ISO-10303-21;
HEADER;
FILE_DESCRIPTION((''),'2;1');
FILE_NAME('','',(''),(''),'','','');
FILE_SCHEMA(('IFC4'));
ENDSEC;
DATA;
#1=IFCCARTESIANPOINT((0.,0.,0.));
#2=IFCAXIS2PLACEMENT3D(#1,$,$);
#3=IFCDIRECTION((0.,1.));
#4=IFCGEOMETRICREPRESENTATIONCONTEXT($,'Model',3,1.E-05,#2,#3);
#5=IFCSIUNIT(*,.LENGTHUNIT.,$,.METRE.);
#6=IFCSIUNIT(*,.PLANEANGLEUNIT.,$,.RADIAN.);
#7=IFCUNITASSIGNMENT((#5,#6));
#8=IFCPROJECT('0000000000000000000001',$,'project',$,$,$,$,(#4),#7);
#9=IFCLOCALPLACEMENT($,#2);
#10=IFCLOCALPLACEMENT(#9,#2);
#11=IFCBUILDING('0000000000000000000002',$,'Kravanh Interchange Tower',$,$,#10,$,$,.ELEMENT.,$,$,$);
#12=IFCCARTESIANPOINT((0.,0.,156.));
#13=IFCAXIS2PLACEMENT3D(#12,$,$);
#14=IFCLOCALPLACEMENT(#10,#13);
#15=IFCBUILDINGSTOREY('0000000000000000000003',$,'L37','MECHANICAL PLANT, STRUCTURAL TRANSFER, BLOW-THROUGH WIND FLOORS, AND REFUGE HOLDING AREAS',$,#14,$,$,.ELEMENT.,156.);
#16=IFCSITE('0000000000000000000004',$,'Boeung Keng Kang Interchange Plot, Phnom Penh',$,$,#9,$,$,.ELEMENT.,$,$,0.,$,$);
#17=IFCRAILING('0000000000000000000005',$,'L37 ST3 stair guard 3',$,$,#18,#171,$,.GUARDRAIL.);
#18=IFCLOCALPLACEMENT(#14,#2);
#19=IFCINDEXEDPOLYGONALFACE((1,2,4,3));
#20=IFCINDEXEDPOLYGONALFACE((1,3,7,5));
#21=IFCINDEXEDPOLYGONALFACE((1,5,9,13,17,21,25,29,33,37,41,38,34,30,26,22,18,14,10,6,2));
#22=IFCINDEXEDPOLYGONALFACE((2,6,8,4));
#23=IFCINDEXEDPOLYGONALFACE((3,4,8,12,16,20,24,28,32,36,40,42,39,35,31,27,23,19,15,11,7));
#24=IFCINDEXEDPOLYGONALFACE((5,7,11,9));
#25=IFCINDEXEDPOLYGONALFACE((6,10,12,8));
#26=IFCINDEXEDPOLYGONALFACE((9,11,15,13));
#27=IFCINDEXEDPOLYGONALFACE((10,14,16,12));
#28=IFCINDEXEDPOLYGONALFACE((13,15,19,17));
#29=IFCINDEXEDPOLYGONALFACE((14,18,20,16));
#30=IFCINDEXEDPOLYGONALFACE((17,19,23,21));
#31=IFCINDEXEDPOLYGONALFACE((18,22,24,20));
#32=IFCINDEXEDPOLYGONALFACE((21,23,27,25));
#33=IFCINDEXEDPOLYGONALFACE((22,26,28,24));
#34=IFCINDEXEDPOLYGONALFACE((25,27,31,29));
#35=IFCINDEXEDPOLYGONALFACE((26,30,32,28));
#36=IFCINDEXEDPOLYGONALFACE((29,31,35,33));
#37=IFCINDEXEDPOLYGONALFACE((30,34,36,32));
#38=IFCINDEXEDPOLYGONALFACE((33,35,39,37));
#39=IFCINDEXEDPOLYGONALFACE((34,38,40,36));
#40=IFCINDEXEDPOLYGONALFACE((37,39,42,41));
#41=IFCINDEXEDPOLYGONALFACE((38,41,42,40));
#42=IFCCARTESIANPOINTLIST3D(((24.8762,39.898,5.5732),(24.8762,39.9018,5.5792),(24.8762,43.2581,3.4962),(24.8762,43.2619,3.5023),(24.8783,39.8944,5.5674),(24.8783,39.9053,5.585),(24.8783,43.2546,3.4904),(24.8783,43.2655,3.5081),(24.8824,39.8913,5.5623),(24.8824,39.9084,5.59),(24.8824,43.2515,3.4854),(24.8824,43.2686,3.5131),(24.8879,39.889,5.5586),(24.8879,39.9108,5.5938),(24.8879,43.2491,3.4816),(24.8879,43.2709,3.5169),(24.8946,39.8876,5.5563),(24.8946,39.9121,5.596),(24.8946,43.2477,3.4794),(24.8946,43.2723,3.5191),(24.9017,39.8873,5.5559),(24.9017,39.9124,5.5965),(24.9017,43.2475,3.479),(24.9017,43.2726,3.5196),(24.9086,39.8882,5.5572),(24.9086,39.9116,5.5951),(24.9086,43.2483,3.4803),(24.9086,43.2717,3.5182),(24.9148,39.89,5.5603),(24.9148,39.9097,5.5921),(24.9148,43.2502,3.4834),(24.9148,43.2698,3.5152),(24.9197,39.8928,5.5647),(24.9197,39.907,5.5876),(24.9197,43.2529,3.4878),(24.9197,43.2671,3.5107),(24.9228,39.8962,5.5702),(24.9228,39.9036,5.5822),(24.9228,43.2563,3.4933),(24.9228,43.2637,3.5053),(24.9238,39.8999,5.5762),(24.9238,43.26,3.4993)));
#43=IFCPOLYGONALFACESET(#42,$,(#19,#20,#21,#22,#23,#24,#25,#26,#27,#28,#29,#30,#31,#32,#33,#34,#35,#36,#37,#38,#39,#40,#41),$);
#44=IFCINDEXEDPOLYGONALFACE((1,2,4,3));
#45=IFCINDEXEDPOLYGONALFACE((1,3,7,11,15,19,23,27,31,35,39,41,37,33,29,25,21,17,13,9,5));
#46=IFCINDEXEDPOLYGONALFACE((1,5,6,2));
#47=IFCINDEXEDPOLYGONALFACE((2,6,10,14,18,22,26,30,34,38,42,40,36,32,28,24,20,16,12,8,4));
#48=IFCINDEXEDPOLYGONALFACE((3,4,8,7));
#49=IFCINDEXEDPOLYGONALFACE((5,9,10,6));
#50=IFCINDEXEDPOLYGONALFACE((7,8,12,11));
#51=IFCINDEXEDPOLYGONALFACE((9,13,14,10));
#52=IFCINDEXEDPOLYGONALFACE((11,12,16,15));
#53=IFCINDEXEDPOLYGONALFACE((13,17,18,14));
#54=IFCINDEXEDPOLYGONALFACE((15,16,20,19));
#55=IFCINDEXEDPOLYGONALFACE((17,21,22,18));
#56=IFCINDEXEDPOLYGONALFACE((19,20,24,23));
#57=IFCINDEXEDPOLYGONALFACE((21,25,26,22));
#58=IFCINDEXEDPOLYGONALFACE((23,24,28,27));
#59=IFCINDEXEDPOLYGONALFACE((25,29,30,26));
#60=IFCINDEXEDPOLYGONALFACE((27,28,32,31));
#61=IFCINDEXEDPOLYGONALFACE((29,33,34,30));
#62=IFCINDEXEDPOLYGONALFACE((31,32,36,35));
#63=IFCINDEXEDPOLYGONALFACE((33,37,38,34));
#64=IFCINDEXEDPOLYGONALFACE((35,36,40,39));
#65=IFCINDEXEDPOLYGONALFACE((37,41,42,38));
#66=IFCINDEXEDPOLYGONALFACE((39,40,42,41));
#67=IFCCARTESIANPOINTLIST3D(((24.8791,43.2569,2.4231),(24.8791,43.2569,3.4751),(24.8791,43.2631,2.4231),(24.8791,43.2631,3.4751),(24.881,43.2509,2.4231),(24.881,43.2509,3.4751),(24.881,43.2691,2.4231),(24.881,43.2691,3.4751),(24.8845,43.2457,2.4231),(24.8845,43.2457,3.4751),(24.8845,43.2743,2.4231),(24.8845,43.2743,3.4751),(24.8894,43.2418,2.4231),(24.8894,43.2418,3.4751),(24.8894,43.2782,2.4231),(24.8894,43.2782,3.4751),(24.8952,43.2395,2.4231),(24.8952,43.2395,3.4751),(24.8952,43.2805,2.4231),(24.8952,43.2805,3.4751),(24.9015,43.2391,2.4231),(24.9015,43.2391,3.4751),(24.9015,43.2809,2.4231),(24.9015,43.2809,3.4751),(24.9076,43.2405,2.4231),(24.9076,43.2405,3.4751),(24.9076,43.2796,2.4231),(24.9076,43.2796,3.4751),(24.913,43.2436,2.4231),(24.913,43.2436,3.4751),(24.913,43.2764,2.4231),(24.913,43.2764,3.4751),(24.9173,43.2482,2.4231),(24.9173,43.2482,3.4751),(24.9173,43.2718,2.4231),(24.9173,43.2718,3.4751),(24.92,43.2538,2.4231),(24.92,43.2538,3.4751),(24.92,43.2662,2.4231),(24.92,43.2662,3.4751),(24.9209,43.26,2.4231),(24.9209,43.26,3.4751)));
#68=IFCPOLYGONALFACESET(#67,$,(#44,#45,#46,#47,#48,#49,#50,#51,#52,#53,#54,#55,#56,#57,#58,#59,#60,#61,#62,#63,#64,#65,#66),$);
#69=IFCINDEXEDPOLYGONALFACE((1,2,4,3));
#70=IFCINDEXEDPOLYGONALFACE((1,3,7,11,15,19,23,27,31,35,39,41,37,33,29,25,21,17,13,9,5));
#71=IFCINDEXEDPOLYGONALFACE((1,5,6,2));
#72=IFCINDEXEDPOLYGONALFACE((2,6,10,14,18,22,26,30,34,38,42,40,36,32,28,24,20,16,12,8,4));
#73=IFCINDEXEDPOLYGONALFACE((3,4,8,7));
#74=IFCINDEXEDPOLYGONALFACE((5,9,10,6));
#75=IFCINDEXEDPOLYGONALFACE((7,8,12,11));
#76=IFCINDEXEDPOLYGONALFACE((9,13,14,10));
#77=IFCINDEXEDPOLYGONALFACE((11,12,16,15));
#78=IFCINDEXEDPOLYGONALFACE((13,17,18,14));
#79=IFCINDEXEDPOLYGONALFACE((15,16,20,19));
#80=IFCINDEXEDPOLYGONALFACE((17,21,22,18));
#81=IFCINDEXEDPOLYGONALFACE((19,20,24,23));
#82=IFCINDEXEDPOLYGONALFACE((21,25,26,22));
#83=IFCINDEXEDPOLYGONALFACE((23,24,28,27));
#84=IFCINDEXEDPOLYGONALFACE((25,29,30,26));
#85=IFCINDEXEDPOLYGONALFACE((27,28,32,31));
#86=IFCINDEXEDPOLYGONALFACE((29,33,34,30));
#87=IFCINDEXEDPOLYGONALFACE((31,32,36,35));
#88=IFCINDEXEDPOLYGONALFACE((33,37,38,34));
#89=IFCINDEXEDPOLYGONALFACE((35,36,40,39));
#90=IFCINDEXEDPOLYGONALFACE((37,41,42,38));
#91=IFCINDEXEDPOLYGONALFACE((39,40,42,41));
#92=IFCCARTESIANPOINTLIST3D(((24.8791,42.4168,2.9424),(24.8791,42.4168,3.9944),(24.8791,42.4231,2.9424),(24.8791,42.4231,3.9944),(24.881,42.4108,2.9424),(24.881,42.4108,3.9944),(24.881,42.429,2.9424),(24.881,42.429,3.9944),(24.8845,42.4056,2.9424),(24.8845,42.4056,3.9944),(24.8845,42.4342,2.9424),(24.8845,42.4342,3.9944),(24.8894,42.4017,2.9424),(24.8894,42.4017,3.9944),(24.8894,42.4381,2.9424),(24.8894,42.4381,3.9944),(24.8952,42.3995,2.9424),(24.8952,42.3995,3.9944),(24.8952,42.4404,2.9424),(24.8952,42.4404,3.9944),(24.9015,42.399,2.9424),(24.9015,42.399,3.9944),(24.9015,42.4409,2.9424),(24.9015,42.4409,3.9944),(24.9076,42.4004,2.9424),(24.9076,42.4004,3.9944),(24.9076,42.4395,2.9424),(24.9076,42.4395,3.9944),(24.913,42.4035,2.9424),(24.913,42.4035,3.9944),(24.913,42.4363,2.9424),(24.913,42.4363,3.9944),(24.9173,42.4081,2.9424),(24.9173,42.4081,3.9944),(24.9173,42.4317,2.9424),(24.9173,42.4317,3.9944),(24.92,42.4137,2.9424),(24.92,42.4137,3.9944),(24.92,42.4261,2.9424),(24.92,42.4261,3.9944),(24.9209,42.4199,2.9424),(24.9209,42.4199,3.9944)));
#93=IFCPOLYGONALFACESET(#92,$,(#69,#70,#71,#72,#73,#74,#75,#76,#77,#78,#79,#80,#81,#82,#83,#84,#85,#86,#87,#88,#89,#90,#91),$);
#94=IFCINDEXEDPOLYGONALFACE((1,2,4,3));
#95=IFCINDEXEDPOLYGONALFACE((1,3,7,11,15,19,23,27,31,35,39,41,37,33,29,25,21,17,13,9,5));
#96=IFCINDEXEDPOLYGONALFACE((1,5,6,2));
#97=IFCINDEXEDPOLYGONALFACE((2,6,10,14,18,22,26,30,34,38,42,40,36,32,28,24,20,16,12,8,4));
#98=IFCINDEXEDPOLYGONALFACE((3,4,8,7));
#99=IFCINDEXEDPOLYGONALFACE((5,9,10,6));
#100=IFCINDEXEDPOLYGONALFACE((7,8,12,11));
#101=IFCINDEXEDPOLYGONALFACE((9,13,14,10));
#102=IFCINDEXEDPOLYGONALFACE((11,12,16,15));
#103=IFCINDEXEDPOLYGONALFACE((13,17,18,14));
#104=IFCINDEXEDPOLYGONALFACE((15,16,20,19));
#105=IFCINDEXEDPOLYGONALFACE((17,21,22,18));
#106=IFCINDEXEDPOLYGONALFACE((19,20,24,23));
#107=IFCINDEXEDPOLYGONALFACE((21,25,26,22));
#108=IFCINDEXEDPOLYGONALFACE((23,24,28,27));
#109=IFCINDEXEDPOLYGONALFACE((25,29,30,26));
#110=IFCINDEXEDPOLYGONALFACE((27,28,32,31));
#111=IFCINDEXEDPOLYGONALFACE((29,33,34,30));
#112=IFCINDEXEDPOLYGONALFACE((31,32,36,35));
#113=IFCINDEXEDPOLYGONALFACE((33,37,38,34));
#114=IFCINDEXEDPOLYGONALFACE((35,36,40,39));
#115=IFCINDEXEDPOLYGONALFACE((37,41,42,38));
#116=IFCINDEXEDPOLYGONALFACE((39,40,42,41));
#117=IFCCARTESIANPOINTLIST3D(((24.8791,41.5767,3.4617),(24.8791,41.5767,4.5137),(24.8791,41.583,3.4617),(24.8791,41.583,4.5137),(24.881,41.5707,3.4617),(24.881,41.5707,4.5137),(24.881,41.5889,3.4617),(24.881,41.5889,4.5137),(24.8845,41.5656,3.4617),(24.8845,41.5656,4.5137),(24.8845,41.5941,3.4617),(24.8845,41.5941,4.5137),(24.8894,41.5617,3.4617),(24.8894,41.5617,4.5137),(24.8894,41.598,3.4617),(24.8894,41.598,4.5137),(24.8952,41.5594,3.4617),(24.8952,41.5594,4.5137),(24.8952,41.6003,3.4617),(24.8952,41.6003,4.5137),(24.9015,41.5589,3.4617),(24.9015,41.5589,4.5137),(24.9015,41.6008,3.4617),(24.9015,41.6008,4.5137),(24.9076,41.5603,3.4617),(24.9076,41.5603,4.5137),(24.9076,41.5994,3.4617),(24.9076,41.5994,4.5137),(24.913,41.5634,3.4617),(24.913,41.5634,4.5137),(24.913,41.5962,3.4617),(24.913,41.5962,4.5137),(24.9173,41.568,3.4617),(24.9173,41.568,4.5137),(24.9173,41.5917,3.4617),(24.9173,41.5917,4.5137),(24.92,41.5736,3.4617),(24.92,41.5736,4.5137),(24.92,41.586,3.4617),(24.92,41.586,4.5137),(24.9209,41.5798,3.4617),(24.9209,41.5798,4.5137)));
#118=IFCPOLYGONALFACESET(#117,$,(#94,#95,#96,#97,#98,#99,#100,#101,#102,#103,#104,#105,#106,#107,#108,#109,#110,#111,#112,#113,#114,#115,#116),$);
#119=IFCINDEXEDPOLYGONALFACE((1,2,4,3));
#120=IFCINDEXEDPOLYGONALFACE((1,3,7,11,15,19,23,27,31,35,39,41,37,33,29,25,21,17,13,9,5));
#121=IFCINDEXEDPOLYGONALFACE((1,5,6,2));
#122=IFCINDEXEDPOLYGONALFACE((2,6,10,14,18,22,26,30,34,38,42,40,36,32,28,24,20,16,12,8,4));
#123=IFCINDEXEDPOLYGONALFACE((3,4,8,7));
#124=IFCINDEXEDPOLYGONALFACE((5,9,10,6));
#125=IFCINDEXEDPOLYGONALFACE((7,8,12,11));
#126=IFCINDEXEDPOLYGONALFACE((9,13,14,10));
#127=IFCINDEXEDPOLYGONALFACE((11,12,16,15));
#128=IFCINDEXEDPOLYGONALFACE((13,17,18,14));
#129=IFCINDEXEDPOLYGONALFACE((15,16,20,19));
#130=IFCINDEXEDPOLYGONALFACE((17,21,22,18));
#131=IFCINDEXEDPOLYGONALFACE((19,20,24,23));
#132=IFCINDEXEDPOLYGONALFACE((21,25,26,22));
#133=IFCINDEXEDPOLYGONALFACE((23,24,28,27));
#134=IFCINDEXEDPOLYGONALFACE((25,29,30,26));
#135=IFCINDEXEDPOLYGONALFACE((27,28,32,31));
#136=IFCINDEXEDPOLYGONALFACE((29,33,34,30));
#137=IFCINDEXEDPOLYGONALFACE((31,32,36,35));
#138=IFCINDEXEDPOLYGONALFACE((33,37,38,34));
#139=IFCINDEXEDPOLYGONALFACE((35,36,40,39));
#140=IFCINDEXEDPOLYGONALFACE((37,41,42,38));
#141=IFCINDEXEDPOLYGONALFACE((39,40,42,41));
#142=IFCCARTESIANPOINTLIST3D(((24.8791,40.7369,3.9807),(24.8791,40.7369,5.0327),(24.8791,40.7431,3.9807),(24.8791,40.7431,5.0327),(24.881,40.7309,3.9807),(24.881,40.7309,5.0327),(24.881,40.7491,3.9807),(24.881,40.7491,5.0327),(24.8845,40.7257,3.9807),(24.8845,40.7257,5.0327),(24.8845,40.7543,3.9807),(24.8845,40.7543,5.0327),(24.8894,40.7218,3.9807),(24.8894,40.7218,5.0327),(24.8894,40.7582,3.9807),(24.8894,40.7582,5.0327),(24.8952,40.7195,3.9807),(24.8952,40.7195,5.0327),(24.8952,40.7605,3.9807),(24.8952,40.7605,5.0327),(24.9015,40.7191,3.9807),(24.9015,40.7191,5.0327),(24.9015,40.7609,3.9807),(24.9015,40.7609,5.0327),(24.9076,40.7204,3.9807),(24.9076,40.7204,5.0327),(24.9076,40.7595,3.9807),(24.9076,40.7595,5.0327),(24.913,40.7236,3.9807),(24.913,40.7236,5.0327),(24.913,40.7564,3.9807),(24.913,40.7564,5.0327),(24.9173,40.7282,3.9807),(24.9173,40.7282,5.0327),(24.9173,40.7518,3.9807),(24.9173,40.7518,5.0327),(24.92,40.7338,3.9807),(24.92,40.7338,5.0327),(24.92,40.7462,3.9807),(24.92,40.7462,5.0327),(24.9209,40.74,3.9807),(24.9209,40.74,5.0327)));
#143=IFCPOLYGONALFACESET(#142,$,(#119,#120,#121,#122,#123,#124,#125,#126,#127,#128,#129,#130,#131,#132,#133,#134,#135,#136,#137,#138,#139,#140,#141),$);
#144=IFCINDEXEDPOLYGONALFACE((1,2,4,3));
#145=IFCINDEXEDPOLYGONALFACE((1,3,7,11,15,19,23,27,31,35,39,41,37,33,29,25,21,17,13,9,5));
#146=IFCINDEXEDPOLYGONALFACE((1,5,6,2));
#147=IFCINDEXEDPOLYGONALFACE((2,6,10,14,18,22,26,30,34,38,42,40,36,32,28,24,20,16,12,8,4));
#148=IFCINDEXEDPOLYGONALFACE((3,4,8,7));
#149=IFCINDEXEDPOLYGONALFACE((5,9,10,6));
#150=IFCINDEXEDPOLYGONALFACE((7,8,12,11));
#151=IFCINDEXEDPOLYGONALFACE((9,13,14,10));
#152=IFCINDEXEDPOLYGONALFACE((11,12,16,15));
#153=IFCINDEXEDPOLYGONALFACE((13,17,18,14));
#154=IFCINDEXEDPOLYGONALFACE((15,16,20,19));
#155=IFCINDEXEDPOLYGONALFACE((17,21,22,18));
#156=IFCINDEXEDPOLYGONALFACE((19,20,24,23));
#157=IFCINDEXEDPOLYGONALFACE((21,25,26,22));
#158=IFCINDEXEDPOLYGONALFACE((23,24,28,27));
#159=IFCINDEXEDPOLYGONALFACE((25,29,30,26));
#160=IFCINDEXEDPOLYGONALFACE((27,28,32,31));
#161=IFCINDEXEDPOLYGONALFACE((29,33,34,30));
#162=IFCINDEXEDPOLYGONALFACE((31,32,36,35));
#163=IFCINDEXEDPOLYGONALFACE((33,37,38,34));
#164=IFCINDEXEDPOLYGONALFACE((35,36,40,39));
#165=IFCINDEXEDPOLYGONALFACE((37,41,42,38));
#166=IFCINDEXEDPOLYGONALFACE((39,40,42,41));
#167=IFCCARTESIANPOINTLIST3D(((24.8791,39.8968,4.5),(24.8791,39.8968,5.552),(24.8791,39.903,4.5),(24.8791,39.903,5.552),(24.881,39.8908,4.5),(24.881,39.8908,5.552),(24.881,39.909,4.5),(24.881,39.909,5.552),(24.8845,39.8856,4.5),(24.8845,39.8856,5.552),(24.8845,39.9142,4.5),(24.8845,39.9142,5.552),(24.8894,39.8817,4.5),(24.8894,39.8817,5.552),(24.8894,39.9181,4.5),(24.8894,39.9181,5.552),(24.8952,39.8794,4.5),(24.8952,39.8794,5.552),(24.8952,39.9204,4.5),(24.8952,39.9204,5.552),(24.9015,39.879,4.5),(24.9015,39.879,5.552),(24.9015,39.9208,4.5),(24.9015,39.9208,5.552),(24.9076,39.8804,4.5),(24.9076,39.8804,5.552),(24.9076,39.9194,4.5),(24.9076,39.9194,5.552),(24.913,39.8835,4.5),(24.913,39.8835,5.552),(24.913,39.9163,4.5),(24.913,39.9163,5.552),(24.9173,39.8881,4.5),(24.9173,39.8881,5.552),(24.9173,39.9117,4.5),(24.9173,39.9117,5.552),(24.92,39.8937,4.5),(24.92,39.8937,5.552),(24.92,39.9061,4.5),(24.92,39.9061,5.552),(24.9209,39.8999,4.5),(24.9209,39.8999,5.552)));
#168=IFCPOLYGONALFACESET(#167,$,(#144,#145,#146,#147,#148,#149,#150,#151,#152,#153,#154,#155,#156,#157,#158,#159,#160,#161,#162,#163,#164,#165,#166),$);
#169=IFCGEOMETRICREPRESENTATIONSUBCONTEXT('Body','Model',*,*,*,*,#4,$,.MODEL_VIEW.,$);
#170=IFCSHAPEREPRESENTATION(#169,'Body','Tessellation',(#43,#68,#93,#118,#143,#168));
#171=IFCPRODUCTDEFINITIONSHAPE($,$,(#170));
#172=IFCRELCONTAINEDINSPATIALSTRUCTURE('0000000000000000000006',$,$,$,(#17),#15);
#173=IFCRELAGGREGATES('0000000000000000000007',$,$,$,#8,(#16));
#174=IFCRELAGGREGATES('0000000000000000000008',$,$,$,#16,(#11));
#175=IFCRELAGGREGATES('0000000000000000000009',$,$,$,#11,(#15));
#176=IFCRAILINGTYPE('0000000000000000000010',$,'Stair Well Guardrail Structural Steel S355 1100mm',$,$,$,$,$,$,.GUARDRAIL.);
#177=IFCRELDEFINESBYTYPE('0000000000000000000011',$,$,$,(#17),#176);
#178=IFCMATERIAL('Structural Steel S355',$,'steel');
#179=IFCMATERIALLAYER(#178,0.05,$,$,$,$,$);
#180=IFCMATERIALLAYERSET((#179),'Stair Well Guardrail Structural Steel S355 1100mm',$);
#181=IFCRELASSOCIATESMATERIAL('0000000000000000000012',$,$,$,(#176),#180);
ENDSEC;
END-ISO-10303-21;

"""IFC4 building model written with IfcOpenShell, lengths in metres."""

from ifc_helpers import new_model, si_unit, direction, frame, origin, origin_2d, place, context, subcontext, project, spatial, circle, extrude, material, layer, layer_set, type_object, element, save


model = new_model("IFC4")

# Units and contexts
model_context = context("Model", 3, precision=1e-05, world=origin(), true_north=direction((0.0, 1.0)))
body_context = subcontext(model_context, "Body", "Model", "MODEL_VIEW")
ifc_project = project(units=[si_unit("LENGTHUNIT", "METRE"), si_unit("PLANEANGLEUNIT", "RADIAN")], contexts=[model_context])

# Site, building, storey
site_placement = place(None, origin())
site = spatial("IfcSite", under=ifc_project, at=site_placement, Name="Boeung Keng Kang Interchange Plot, Phnom Penh", CompositionType="ELEMENT", RefElevation=0.0)
building_placement = place(site_placement, origin())
building = spatial("IfcBuilding", under=site, at=building_placement, Name="Kravanh Interchange Tower", CompositionType="ELEMENT")
storey_placement = place(building_placement, frame((0.0, 0.0, 156.0)))
storey = spatial("IfcBuildingStorey", under=building, at=storey_placement, Name="L37", Description="MECHANICAL PLANT, STRUCTURAL TRANSFER, BLOW-THROUGH WIND FLOORS, AND REFUGE HOLDING AREAS", CompositionType="ELEMENT", Elevation=156.0)

# Railing
ifc_material_1 = material(Name="Structural Steel S355", Category="steel")
ifc_layer_1 = layer(ifc_material_1, 0.05)
ifc_layer_set_1 = layer_set([ifc_layer_1], Name="Stair Well Guardrail Structural Steel S355 1100mm")
railing_type_1 = type_object("IfcRailingType", Name="Stair Well Guardrail Structural Steel S355 1100mm", PredefinedType="GUARDRAIL", material=ifc_layer_set_1)
railing_1_placement = place(storey_placement, frame((24.8999, 43.26, 2.4231)))
element("IfcRailing", 1, at=railing_1_placement, inside=storey, type_object=railing_type_1, Name="L37 ST3 stair guard 3", PredefinedType="GUARDRAIL", context=body_context, shape_type="SweptSolid", body=[
    extrude(circle(Radius=0.0239, at=origin_2d()), frame((0.0, 0.0, 1.0762), z_axis=(0.0, -0.850623, 0.525776), x_axis=(1.0, 0.0, 0.0)), (0.0, 0.0, 1.0), 3.9502),
    extrude(circle(Radius=0.021, at=origin_2d()), origin(), (0.0, 0.0, 1.0), 1.052),
    extrude(circle(Radius=0.021, at=origin_2d()), frame((0.0, -0.8401, 0.5193)), (0.0, 0.0, 1.0), 1.052),
    extrude(circle(Radius=0.021, at=origin_2d()), frame((0.0, -1.6802, 1.0386)), (0.0, 0.0, 1.0), 1.052),
    extrude(circle(Radius=0.021, at=origin_2d()), frame((0.0, -2.52, 1.5576)), (0.0, 0.0, 1.0), 1.052),
    extrude(circle(Radius=0.021, at=origin_2d()), frame((0.0, -3.3601, 2.0769)), (0.0, 0.0, 1.0), 1.052),
])

save(model, "model.ifc")
